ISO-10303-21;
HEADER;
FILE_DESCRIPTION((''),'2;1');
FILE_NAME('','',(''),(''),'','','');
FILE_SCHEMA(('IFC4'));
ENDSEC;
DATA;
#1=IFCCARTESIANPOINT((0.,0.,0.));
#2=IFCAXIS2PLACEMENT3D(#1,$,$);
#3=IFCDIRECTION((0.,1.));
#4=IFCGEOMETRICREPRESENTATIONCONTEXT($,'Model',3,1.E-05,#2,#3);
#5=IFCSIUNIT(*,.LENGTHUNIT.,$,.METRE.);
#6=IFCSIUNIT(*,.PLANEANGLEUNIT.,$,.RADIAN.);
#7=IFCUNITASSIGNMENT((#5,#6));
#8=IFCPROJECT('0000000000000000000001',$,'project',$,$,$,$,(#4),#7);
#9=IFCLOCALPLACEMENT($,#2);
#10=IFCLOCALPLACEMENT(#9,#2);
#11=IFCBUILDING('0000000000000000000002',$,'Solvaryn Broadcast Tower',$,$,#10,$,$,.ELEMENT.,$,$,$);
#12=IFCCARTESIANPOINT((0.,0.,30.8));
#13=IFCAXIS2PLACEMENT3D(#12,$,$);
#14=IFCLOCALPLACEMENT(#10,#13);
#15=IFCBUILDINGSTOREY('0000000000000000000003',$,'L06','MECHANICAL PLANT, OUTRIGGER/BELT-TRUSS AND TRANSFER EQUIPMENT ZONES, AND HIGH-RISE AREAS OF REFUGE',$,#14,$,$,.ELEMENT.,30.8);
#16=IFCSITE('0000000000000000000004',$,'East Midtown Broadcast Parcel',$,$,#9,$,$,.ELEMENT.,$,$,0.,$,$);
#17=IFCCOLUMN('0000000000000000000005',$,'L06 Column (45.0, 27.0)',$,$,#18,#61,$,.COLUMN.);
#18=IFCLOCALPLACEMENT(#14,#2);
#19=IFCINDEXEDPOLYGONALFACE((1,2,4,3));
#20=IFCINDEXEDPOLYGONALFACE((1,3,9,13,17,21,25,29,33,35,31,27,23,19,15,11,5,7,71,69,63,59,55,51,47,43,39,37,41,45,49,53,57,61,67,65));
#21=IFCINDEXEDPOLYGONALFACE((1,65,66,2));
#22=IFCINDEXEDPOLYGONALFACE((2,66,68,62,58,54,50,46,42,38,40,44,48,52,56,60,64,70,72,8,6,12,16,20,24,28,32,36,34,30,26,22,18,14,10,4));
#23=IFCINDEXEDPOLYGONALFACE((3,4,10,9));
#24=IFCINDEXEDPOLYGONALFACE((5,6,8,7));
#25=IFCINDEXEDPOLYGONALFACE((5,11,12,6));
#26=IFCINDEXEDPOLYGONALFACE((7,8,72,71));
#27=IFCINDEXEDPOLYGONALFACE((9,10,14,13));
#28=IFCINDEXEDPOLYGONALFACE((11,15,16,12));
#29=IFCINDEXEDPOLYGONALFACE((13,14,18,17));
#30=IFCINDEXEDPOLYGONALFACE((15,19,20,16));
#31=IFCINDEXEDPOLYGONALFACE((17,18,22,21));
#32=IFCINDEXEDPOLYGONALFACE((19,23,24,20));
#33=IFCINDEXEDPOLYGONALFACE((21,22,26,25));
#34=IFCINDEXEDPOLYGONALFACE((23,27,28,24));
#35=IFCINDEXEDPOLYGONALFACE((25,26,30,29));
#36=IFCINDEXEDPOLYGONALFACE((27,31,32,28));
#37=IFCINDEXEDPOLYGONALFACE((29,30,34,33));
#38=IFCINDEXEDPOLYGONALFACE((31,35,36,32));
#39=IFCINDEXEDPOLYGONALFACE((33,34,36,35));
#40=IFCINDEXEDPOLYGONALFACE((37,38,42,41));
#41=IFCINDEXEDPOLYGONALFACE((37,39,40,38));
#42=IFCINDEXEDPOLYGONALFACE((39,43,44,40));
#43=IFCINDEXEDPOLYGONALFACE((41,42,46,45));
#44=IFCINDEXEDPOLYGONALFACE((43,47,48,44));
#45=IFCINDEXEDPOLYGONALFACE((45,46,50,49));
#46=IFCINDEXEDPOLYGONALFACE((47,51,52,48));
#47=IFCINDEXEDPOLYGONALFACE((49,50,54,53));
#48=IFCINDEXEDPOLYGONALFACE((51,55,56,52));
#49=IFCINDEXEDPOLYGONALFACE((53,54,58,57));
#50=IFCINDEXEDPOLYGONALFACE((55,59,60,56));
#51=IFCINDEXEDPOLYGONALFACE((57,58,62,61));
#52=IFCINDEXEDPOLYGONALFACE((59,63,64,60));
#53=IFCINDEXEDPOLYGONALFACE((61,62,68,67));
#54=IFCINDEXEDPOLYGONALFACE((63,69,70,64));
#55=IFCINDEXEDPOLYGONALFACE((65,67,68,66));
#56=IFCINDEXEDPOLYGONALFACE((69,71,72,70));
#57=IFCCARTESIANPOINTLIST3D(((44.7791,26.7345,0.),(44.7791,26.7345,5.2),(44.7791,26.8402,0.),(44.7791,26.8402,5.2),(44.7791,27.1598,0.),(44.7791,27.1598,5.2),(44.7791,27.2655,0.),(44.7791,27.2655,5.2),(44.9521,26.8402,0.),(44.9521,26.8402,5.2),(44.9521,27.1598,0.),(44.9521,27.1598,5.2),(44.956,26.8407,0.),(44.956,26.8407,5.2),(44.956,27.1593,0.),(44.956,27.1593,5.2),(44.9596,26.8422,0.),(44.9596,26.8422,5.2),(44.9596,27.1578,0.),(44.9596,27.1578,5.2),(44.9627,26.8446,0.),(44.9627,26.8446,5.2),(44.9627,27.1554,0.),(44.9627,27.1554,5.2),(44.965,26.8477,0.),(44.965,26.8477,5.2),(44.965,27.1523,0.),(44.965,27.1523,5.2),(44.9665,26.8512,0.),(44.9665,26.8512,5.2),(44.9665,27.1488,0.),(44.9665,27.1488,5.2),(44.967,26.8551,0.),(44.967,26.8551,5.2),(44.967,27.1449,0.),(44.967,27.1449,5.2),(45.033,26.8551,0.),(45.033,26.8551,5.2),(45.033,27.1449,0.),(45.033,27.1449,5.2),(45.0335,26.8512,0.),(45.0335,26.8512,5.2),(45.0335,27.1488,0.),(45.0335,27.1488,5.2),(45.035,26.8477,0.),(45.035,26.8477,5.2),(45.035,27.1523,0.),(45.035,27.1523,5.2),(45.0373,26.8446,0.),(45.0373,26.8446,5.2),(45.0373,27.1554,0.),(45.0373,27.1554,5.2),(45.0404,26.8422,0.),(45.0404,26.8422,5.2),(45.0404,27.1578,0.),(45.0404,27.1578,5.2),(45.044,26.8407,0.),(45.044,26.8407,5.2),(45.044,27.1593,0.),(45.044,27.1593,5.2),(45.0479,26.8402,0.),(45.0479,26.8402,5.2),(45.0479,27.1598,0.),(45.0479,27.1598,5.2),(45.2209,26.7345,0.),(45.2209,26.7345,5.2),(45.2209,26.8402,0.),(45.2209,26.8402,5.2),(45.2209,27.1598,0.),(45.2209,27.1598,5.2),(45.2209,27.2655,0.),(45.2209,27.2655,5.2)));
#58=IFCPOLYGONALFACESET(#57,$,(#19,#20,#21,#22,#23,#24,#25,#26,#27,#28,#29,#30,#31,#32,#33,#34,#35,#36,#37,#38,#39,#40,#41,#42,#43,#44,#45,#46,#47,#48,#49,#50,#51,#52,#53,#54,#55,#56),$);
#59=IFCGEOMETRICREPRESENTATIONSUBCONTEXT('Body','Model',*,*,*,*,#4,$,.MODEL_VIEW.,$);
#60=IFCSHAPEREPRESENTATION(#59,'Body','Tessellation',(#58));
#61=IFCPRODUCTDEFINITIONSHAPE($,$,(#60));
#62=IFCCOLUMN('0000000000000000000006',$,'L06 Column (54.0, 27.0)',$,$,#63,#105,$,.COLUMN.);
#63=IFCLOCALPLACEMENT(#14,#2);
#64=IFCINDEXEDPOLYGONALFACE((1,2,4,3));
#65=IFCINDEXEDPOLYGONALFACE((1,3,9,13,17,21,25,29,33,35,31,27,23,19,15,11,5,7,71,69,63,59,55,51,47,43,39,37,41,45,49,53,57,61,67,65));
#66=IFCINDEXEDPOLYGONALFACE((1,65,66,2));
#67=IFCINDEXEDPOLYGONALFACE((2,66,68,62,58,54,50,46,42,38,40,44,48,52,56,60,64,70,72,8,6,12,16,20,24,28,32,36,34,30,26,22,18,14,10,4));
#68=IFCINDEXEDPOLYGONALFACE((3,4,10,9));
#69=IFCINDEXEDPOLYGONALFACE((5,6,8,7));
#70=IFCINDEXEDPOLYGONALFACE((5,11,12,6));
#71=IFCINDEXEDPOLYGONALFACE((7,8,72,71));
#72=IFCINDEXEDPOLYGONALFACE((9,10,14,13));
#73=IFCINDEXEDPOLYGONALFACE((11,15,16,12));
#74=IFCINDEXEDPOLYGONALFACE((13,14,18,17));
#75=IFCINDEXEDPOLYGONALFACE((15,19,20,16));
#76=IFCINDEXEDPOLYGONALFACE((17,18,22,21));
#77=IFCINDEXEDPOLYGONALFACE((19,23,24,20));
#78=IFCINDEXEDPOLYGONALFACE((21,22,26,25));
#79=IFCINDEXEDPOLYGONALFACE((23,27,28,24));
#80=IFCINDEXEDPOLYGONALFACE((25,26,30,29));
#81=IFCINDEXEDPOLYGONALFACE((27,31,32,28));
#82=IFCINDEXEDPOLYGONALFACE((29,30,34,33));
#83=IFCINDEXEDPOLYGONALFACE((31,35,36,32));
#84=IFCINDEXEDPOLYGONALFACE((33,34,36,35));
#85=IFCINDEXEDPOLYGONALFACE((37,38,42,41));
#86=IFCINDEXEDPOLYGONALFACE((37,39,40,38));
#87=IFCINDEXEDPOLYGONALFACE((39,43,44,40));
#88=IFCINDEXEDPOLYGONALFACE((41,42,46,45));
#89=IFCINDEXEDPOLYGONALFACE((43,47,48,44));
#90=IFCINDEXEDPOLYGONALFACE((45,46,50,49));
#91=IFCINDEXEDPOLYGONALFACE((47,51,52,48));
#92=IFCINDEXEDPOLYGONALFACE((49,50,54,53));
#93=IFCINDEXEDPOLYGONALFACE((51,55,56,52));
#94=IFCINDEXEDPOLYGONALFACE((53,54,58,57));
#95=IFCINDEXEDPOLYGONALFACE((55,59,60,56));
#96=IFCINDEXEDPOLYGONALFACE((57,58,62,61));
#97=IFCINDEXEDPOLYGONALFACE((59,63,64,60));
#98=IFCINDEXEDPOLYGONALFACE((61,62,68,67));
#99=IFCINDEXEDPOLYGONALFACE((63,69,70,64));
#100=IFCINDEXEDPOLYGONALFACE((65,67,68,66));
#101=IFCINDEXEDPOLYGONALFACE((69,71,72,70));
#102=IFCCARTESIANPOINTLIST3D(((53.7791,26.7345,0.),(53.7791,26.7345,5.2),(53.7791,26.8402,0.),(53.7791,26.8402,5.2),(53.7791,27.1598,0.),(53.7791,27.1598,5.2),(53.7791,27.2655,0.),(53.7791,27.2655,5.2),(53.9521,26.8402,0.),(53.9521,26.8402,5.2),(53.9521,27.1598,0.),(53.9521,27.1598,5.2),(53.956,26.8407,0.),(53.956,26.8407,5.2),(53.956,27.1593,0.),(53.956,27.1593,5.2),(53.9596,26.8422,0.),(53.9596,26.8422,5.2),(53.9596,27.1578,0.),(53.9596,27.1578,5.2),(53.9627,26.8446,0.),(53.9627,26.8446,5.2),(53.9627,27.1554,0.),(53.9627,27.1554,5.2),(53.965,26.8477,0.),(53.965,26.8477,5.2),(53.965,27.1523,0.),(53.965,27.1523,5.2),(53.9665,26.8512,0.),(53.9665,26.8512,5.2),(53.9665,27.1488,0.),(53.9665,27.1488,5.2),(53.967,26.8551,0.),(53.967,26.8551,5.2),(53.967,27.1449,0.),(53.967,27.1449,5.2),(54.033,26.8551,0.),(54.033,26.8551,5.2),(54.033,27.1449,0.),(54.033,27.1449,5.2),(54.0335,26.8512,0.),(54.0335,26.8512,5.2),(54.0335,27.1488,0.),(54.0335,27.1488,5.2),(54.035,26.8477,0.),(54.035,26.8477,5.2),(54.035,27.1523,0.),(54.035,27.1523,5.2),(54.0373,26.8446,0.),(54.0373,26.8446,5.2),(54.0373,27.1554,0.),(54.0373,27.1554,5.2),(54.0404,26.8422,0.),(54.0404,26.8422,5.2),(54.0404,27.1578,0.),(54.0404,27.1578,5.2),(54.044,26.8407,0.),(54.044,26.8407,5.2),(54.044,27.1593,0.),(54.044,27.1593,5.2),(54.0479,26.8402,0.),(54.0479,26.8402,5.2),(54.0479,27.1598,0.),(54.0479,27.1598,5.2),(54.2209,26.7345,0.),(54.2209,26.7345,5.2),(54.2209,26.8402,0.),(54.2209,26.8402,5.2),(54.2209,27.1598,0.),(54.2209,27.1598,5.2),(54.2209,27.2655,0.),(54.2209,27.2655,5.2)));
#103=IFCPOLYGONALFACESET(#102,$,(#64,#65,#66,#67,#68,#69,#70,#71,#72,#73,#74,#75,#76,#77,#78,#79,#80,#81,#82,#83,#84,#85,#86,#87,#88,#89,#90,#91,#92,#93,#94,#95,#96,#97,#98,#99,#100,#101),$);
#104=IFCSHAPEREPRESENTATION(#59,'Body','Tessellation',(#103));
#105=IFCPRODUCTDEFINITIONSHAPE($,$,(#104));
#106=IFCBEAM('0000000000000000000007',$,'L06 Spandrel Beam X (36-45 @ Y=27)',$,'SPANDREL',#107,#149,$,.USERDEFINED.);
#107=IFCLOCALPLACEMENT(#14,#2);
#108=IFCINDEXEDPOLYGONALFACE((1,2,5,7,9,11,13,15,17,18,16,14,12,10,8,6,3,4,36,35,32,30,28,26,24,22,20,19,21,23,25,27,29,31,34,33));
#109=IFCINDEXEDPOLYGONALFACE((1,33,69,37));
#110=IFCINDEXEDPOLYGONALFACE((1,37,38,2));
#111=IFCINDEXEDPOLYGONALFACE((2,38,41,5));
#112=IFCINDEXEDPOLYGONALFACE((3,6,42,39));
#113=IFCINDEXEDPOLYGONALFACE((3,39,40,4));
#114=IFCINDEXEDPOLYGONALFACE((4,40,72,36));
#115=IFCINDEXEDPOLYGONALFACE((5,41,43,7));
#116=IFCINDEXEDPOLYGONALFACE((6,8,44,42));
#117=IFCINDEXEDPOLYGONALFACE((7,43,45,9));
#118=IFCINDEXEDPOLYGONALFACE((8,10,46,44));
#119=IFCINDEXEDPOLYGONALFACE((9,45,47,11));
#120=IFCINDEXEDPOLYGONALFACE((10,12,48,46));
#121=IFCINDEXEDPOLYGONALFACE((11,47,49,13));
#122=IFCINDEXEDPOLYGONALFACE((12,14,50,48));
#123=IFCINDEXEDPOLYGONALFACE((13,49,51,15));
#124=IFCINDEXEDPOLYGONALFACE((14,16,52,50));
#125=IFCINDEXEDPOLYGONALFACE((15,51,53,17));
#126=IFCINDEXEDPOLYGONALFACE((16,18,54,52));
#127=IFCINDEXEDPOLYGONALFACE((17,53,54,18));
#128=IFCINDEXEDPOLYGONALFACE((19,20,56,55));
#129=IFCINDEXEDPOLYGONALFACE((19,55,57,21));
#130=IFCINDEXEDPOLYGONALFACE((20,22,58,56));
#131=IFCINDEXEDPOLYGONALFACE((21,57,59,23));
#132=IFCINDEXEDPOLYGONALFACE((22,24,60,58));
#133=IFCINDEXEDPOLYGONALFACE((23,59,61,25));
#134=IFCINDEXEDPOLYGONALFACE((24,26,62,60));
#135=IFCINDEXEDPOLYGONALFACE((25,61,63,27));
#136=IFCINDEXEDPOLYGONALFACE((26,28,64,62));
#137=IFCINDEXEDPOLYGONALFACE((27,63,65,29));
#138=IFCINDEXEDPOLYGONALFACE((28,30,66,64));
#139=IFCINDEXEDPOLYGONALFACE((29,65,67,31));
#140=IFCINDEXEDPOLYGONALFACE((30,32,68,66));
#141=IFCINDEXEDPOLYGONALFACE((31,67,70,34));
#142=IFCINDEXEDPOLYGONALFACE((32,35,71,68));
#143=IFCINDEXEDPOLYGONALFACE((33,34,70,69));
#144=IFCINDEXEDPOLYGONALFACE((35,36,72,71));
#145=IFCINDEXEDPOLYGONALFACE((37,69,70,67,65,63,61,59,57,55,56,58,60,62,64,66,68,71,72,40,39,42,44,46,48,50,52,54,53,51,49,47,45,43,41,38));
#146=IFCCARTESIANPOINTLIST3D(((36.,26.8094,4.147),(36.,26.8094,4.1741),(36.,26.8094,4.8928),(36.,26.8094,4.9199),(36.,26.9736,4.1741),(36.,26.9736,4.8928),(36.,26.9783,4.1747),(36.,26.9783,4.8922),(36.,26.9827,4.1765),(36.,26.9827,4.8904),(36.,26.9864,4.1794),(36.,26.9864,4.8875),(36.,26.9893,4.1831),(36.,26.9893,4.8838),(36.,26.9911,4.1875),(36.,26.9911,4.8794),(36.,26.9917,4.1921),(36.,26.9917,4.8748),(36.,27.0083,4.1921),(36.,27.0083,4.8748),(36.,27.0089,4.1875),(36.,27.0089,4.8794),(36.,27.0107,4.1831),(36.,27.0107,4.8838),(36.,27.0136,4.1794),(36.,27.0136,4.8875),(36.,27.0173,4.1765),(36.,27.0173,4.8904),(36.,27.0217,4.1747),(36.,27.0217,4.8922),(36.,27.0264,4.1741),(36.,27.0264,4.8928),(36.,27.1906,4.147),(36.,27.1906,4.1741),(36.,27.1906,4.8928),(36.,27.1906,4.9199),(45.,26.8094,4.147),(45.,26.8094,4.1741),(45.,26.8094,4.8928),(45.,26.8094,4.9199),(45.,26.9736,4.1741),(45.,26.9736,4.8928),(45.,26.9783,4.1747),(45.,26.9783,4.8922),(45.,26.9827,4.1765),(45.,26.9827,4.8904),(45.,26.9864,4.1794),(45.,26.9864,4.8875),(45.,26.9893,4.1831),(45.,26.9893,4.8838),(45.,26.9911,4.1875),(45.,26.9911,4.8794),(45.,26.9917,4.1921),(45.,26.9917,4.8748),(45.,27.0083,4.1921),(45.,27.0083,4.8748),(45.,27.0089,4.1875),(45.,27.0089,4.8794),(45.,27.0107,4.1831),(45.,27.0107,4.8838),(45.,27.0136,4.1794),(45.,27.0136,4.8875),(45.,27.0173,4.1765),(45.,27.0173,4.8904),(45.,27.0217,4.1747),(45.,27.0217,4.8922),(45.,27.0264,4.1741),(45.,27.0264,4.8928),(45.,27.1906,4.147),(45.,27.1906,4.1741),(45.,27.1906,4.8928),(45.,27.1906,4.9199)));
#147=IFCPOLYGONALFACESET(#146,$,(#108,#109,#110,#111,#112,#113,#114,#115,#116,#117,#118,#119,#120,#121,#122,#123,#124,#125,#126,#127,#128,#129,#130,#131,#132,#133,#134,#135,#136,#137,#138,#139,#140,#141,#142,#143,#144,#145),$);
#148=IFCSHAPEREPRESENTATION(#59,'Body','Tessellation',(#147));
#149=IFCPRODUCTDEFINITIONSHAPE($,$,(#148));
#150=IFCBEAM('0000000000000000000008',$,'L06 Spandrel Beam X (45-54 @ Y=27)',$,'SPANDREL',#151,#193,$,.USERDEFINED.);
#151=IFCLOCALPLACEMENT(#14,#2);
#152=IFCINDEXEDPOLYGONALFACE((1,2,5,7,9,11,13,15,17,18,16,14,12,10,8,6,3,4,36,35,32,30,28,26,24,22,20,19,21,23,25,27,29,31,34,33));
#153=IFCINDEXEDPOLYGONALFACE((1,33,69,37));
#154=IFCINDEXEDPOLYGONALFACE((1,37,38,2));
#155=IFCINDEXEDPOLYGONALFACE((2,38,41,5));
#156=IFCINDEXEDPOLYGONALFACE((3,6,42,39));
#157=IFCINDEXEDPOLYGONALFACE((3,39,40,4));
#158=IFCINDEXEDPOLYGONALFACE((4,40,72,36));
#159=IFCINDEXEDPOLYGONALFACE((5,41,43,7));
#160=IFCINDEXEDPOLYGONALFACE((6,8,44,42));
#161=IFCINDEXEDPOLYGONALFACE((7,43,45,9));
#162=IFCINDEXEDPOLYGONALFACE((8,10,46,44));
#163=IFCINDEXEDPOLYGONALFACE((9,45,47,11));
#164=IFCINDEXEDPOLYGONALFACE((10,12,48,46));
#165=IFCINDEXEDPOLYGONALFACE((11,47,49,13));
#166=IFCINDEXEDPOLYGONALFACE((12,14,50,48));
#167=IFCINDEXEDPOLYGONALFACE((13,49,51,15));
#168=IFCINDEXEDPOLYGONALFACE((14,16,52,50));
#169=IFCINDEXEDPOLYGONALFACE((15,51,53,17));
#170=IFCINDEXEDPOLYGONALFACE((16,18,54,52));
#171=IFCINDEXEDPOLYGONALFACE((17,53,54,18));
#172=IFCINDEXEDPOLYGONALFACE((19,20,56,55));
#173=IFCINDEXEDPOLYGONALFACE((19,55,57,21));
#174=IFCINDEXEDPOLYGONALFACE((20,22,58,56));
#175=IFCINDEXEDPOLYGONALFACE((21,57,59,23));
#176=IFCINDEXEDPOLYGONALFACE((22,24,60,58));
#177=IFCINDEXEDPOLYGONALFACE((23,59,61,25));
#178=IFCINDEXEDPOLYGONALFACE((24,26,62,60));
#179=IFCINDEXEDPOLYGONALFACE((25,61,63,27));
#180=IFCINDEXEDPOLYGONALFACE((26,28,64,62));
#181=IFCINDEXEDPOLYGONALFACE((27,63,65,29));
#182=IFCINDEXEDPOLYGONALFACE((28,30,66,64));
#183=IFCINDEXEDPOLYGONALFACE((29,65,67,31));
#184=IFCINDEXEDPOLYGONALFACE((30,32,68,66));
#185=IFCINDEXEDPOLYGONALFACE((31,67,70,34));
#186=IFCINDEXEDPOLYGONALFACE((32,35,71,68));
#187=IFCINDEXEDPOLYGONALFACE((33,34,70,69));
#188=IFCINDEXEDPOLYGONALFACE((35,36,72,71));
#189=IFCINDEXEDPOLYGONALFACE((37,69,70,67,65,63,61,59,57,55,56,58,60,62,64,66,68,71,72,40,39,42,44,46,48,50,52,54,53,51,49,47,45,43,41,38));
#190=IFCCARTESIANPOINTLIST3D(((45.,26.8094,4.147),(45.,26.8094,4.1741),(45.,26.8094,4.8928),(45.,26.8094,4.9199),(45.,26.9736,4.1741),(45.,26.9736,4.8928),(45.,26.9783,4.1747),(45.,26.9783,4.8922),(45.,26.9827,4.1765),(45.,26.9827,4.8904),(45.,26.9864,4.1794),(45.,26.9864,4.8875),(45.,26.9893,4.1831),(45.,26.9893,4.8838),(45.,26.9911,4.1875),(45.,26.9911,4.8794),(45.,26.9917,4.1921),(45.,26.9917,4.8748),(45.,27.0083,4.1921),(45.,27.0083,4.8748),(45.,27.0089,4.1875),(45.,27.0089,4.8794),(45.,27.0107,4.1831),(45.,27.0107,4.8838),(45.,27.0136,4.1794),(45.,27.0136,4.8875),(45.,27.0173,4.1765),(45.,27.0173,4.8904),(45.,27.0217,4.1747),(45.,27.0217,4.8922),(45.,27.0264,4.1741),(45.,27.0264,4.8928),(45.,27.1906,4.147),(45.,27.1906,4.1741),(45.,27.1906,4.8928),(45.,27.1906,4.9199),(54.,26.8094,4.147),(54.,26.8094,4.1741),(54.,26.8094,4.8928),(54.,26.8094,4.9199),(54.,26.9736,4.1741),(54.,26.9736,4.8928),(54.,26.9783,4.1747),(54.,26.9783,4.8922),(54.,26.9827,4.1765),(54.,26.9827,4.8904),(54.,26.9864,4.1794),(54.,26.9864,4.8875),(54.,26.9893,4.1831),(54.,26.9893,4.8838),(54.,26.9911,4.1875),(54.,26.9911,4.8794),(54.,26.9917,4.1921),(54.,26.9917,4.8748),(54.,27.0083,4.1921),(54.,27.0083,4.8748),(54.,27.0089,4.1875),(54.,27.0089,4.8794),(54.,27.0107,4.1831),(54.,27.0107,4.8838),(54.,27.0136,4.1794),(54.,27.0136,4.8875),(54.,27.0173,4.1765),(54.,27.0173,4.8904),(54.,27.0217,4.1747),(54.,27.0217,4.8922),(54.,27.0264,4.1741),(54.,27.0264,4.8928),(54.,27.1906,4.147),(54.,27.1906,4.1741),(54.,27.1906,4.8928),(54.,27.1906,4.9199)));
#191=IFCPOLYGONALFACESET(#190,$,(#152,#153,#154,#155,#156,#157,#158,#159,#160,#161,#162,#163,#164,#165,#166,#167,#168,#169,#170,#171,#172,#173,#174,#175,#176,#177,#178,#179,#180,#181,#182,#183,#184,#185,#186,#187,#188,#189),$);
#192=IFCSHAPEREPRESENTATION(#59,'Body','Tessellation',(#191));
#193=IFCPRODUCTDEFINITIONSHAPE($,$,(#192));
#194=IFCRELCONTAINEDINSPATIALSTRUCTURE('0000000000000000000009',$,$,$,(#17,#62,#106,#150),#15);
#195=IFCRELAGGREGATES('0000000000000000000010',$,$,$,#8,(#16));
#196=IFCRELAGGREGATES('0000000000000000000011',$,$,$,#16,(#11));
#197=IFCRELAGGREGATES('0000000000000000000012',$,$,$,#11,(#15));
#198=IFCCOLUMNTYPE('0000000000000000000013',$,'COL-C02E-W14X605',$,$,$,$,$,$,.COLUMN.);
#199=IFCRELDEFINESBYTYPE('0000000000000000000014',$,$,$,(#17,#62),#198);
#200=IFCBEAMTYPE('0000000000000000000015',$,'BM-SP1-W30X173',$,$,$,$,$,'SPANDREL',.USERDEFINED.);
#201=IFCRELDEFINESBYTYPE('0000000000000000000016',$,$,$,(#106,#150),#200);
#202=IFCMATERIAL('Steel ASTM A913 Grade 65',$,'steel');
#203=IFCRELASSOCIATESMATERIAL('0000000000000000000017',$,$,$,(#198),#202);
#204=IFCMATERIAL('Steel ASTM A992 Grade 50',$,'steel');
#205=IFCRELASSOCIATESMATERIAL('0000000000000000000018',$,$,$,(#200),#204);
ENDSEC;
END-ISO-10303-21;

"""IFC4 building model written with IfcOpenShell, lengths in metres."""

from ifc_helpers import new_model, si_unit, direction, frame, origin, origin_2d, place, context, subcontext, project, spatial, i_section, extrude, material, material_profile, profile_set, type_object, element, save


model = new_model("IFC4")

# Units and contexts
model_context = context("Model", 3, precision=1e-05, world=origin(), true_north=direction((0.0, 1.0)))
body_context = subcontext(model_context, "Body", "Model", "MODEL_VIEW")
ifc_project = project(units=[si_unit("LENGTHUNIT", "METRE"), si_unit("PLANEANGLEUNIT", "RADIAN")], contexts=[model_context])

# Site, building, storey
site_placement = place(None, origin())
site = spatial("IfcSite", under=ifc_project, at=site_placement, Name="East Midtown Broadcast Parcel", CompositionType="ELEMENT", RefElevation=0.0)
building_placement = place(site_placement, origin())
building = spatial("IfcBuilding", under=site, at=building_placement, Name="Solvaryn Broadcast Tower", CompositionType="ELEMENT")
storey_placement = place(building_placement, frame((0.0, 0.0, 30.8)))
storey = spatial("IfcBuildingStorey", under=building, at=storey_placement, Name="L06", Description="MECHANICAL PLANT, OUTRIGGER/BELT-TRUSS AND TRANSFER EQUIPMENT ZONES, AND HIGH-RISE AREAS OF REFUGE", CompositionType="ELEMENT", Elevation=30.8)

# Columns
ifc_material_1 = material(Name="Steel ASTM A913 Grade 65", Category="steel")
ifc_material_profile_1 = material_profile(ifc_material_1, i_section(OverallWidth=0.4419, OverallDepth=0.531, WebThickness=0.0659, FlangeThickness=0.1057, FilletRadius=0.0149, at=origin_2d()))
ifc_profile_set_1 = profile_set([ifc_material_profile_1], Name="Steel ASTM A913 Grade 65")
column_type = type_object("IfcColumnType", Name="COL-C02E-W14X605", PredefinedType="COLUMN", material=ifc_profile_set_1)
for number, where, z_axis, x_axis, name in (
    (1, (45.0, 27.0, 0.0), (0.0, 0.0, 1.0), (1.0, 0.0, 0.0), "L06 Column (45.0, 27.0)"),
    (2, (54.0, 27.0, 0.0), (0.0, 0.0, 1.0), (1.0, 0.0, 0.0), "L06 Column (54.0, 27.0)"),
):
    element("IfcColumn", number, at=place(storey_placement, frame(where, z_axis=z_axis, x_axis=x_axis)), inside=storey, type_object=column_type, Name=name, PredefinedType="COLUMN", context=body_context, shape_type="SweptSolid", body=[
        extrude(i_section(OverallWidth=0.4419, OverallDepth=0.531, WebThickness=0.0659, FlangeThickness=0.1057, FilletRadius=0.0149, at=origin_2d()), origin(), (0.0, 0.0, 1.0), 5.2),
    ])

# Beams
ifc_material_2 = material(Name="Steel ASTM A992 Grade 50", Category="steel")
ifc_material_profile_2 = material_profile(ifc_material_2, i_section(OverallWidth=0.3811, OverallDepth=0.7729, WebThickness=0.0166, FlangeThickness=0.0271, FilletRadius=0.0181, at=origin_2d()))
ifc_profile_set_2 = profile_set([ifc_material_profile_2], Name="Steel ASTM A992 Grade 50")
beam_type = type_object("IfcBeamType", Name="BM-SP1-W30X173", ElementType="SPANDREL", PredefinedType="USERDEFINED", material=ifc_profile_set_2)
for number, where, z_axis, x_axis, name in (
    (3, (36.0, 27.0, 4.5334), (1.0, 0.0, 0.0), (0.0, 1.0, 0.0), "L06 Spandrel Beam X (36-45 @ Y=27)"),
    (4, (45.0, 27.0, 4.5334), (1.0, 0.0, 0.0), (0.0, 1.0, 0.0), "L06 Spandrel Beam X (45-54 @ Y=27)"),
):
    element("IfcBeam", number, at=place(storey_placement, frame(where, z_axis=z_axis, x_axis=x_axis)), inside=storey, type_object=beam_type, Name=name, ObjectType="SPANDREL", PredefinedType="USERDEFINED", context=body_context, shape_type="SweptSolid", body=[
        extrude(i_section(OverallWidth=0.3811, OverallDepth=0.7729, WebThickness=0.0166, FlangeThickness=0.0271, FilletRadius=0.0181, at=origin_2d()), origin(), (0.0, 0.0, 1.0), 9.0),
    ])

save(model, "model.ifc")
